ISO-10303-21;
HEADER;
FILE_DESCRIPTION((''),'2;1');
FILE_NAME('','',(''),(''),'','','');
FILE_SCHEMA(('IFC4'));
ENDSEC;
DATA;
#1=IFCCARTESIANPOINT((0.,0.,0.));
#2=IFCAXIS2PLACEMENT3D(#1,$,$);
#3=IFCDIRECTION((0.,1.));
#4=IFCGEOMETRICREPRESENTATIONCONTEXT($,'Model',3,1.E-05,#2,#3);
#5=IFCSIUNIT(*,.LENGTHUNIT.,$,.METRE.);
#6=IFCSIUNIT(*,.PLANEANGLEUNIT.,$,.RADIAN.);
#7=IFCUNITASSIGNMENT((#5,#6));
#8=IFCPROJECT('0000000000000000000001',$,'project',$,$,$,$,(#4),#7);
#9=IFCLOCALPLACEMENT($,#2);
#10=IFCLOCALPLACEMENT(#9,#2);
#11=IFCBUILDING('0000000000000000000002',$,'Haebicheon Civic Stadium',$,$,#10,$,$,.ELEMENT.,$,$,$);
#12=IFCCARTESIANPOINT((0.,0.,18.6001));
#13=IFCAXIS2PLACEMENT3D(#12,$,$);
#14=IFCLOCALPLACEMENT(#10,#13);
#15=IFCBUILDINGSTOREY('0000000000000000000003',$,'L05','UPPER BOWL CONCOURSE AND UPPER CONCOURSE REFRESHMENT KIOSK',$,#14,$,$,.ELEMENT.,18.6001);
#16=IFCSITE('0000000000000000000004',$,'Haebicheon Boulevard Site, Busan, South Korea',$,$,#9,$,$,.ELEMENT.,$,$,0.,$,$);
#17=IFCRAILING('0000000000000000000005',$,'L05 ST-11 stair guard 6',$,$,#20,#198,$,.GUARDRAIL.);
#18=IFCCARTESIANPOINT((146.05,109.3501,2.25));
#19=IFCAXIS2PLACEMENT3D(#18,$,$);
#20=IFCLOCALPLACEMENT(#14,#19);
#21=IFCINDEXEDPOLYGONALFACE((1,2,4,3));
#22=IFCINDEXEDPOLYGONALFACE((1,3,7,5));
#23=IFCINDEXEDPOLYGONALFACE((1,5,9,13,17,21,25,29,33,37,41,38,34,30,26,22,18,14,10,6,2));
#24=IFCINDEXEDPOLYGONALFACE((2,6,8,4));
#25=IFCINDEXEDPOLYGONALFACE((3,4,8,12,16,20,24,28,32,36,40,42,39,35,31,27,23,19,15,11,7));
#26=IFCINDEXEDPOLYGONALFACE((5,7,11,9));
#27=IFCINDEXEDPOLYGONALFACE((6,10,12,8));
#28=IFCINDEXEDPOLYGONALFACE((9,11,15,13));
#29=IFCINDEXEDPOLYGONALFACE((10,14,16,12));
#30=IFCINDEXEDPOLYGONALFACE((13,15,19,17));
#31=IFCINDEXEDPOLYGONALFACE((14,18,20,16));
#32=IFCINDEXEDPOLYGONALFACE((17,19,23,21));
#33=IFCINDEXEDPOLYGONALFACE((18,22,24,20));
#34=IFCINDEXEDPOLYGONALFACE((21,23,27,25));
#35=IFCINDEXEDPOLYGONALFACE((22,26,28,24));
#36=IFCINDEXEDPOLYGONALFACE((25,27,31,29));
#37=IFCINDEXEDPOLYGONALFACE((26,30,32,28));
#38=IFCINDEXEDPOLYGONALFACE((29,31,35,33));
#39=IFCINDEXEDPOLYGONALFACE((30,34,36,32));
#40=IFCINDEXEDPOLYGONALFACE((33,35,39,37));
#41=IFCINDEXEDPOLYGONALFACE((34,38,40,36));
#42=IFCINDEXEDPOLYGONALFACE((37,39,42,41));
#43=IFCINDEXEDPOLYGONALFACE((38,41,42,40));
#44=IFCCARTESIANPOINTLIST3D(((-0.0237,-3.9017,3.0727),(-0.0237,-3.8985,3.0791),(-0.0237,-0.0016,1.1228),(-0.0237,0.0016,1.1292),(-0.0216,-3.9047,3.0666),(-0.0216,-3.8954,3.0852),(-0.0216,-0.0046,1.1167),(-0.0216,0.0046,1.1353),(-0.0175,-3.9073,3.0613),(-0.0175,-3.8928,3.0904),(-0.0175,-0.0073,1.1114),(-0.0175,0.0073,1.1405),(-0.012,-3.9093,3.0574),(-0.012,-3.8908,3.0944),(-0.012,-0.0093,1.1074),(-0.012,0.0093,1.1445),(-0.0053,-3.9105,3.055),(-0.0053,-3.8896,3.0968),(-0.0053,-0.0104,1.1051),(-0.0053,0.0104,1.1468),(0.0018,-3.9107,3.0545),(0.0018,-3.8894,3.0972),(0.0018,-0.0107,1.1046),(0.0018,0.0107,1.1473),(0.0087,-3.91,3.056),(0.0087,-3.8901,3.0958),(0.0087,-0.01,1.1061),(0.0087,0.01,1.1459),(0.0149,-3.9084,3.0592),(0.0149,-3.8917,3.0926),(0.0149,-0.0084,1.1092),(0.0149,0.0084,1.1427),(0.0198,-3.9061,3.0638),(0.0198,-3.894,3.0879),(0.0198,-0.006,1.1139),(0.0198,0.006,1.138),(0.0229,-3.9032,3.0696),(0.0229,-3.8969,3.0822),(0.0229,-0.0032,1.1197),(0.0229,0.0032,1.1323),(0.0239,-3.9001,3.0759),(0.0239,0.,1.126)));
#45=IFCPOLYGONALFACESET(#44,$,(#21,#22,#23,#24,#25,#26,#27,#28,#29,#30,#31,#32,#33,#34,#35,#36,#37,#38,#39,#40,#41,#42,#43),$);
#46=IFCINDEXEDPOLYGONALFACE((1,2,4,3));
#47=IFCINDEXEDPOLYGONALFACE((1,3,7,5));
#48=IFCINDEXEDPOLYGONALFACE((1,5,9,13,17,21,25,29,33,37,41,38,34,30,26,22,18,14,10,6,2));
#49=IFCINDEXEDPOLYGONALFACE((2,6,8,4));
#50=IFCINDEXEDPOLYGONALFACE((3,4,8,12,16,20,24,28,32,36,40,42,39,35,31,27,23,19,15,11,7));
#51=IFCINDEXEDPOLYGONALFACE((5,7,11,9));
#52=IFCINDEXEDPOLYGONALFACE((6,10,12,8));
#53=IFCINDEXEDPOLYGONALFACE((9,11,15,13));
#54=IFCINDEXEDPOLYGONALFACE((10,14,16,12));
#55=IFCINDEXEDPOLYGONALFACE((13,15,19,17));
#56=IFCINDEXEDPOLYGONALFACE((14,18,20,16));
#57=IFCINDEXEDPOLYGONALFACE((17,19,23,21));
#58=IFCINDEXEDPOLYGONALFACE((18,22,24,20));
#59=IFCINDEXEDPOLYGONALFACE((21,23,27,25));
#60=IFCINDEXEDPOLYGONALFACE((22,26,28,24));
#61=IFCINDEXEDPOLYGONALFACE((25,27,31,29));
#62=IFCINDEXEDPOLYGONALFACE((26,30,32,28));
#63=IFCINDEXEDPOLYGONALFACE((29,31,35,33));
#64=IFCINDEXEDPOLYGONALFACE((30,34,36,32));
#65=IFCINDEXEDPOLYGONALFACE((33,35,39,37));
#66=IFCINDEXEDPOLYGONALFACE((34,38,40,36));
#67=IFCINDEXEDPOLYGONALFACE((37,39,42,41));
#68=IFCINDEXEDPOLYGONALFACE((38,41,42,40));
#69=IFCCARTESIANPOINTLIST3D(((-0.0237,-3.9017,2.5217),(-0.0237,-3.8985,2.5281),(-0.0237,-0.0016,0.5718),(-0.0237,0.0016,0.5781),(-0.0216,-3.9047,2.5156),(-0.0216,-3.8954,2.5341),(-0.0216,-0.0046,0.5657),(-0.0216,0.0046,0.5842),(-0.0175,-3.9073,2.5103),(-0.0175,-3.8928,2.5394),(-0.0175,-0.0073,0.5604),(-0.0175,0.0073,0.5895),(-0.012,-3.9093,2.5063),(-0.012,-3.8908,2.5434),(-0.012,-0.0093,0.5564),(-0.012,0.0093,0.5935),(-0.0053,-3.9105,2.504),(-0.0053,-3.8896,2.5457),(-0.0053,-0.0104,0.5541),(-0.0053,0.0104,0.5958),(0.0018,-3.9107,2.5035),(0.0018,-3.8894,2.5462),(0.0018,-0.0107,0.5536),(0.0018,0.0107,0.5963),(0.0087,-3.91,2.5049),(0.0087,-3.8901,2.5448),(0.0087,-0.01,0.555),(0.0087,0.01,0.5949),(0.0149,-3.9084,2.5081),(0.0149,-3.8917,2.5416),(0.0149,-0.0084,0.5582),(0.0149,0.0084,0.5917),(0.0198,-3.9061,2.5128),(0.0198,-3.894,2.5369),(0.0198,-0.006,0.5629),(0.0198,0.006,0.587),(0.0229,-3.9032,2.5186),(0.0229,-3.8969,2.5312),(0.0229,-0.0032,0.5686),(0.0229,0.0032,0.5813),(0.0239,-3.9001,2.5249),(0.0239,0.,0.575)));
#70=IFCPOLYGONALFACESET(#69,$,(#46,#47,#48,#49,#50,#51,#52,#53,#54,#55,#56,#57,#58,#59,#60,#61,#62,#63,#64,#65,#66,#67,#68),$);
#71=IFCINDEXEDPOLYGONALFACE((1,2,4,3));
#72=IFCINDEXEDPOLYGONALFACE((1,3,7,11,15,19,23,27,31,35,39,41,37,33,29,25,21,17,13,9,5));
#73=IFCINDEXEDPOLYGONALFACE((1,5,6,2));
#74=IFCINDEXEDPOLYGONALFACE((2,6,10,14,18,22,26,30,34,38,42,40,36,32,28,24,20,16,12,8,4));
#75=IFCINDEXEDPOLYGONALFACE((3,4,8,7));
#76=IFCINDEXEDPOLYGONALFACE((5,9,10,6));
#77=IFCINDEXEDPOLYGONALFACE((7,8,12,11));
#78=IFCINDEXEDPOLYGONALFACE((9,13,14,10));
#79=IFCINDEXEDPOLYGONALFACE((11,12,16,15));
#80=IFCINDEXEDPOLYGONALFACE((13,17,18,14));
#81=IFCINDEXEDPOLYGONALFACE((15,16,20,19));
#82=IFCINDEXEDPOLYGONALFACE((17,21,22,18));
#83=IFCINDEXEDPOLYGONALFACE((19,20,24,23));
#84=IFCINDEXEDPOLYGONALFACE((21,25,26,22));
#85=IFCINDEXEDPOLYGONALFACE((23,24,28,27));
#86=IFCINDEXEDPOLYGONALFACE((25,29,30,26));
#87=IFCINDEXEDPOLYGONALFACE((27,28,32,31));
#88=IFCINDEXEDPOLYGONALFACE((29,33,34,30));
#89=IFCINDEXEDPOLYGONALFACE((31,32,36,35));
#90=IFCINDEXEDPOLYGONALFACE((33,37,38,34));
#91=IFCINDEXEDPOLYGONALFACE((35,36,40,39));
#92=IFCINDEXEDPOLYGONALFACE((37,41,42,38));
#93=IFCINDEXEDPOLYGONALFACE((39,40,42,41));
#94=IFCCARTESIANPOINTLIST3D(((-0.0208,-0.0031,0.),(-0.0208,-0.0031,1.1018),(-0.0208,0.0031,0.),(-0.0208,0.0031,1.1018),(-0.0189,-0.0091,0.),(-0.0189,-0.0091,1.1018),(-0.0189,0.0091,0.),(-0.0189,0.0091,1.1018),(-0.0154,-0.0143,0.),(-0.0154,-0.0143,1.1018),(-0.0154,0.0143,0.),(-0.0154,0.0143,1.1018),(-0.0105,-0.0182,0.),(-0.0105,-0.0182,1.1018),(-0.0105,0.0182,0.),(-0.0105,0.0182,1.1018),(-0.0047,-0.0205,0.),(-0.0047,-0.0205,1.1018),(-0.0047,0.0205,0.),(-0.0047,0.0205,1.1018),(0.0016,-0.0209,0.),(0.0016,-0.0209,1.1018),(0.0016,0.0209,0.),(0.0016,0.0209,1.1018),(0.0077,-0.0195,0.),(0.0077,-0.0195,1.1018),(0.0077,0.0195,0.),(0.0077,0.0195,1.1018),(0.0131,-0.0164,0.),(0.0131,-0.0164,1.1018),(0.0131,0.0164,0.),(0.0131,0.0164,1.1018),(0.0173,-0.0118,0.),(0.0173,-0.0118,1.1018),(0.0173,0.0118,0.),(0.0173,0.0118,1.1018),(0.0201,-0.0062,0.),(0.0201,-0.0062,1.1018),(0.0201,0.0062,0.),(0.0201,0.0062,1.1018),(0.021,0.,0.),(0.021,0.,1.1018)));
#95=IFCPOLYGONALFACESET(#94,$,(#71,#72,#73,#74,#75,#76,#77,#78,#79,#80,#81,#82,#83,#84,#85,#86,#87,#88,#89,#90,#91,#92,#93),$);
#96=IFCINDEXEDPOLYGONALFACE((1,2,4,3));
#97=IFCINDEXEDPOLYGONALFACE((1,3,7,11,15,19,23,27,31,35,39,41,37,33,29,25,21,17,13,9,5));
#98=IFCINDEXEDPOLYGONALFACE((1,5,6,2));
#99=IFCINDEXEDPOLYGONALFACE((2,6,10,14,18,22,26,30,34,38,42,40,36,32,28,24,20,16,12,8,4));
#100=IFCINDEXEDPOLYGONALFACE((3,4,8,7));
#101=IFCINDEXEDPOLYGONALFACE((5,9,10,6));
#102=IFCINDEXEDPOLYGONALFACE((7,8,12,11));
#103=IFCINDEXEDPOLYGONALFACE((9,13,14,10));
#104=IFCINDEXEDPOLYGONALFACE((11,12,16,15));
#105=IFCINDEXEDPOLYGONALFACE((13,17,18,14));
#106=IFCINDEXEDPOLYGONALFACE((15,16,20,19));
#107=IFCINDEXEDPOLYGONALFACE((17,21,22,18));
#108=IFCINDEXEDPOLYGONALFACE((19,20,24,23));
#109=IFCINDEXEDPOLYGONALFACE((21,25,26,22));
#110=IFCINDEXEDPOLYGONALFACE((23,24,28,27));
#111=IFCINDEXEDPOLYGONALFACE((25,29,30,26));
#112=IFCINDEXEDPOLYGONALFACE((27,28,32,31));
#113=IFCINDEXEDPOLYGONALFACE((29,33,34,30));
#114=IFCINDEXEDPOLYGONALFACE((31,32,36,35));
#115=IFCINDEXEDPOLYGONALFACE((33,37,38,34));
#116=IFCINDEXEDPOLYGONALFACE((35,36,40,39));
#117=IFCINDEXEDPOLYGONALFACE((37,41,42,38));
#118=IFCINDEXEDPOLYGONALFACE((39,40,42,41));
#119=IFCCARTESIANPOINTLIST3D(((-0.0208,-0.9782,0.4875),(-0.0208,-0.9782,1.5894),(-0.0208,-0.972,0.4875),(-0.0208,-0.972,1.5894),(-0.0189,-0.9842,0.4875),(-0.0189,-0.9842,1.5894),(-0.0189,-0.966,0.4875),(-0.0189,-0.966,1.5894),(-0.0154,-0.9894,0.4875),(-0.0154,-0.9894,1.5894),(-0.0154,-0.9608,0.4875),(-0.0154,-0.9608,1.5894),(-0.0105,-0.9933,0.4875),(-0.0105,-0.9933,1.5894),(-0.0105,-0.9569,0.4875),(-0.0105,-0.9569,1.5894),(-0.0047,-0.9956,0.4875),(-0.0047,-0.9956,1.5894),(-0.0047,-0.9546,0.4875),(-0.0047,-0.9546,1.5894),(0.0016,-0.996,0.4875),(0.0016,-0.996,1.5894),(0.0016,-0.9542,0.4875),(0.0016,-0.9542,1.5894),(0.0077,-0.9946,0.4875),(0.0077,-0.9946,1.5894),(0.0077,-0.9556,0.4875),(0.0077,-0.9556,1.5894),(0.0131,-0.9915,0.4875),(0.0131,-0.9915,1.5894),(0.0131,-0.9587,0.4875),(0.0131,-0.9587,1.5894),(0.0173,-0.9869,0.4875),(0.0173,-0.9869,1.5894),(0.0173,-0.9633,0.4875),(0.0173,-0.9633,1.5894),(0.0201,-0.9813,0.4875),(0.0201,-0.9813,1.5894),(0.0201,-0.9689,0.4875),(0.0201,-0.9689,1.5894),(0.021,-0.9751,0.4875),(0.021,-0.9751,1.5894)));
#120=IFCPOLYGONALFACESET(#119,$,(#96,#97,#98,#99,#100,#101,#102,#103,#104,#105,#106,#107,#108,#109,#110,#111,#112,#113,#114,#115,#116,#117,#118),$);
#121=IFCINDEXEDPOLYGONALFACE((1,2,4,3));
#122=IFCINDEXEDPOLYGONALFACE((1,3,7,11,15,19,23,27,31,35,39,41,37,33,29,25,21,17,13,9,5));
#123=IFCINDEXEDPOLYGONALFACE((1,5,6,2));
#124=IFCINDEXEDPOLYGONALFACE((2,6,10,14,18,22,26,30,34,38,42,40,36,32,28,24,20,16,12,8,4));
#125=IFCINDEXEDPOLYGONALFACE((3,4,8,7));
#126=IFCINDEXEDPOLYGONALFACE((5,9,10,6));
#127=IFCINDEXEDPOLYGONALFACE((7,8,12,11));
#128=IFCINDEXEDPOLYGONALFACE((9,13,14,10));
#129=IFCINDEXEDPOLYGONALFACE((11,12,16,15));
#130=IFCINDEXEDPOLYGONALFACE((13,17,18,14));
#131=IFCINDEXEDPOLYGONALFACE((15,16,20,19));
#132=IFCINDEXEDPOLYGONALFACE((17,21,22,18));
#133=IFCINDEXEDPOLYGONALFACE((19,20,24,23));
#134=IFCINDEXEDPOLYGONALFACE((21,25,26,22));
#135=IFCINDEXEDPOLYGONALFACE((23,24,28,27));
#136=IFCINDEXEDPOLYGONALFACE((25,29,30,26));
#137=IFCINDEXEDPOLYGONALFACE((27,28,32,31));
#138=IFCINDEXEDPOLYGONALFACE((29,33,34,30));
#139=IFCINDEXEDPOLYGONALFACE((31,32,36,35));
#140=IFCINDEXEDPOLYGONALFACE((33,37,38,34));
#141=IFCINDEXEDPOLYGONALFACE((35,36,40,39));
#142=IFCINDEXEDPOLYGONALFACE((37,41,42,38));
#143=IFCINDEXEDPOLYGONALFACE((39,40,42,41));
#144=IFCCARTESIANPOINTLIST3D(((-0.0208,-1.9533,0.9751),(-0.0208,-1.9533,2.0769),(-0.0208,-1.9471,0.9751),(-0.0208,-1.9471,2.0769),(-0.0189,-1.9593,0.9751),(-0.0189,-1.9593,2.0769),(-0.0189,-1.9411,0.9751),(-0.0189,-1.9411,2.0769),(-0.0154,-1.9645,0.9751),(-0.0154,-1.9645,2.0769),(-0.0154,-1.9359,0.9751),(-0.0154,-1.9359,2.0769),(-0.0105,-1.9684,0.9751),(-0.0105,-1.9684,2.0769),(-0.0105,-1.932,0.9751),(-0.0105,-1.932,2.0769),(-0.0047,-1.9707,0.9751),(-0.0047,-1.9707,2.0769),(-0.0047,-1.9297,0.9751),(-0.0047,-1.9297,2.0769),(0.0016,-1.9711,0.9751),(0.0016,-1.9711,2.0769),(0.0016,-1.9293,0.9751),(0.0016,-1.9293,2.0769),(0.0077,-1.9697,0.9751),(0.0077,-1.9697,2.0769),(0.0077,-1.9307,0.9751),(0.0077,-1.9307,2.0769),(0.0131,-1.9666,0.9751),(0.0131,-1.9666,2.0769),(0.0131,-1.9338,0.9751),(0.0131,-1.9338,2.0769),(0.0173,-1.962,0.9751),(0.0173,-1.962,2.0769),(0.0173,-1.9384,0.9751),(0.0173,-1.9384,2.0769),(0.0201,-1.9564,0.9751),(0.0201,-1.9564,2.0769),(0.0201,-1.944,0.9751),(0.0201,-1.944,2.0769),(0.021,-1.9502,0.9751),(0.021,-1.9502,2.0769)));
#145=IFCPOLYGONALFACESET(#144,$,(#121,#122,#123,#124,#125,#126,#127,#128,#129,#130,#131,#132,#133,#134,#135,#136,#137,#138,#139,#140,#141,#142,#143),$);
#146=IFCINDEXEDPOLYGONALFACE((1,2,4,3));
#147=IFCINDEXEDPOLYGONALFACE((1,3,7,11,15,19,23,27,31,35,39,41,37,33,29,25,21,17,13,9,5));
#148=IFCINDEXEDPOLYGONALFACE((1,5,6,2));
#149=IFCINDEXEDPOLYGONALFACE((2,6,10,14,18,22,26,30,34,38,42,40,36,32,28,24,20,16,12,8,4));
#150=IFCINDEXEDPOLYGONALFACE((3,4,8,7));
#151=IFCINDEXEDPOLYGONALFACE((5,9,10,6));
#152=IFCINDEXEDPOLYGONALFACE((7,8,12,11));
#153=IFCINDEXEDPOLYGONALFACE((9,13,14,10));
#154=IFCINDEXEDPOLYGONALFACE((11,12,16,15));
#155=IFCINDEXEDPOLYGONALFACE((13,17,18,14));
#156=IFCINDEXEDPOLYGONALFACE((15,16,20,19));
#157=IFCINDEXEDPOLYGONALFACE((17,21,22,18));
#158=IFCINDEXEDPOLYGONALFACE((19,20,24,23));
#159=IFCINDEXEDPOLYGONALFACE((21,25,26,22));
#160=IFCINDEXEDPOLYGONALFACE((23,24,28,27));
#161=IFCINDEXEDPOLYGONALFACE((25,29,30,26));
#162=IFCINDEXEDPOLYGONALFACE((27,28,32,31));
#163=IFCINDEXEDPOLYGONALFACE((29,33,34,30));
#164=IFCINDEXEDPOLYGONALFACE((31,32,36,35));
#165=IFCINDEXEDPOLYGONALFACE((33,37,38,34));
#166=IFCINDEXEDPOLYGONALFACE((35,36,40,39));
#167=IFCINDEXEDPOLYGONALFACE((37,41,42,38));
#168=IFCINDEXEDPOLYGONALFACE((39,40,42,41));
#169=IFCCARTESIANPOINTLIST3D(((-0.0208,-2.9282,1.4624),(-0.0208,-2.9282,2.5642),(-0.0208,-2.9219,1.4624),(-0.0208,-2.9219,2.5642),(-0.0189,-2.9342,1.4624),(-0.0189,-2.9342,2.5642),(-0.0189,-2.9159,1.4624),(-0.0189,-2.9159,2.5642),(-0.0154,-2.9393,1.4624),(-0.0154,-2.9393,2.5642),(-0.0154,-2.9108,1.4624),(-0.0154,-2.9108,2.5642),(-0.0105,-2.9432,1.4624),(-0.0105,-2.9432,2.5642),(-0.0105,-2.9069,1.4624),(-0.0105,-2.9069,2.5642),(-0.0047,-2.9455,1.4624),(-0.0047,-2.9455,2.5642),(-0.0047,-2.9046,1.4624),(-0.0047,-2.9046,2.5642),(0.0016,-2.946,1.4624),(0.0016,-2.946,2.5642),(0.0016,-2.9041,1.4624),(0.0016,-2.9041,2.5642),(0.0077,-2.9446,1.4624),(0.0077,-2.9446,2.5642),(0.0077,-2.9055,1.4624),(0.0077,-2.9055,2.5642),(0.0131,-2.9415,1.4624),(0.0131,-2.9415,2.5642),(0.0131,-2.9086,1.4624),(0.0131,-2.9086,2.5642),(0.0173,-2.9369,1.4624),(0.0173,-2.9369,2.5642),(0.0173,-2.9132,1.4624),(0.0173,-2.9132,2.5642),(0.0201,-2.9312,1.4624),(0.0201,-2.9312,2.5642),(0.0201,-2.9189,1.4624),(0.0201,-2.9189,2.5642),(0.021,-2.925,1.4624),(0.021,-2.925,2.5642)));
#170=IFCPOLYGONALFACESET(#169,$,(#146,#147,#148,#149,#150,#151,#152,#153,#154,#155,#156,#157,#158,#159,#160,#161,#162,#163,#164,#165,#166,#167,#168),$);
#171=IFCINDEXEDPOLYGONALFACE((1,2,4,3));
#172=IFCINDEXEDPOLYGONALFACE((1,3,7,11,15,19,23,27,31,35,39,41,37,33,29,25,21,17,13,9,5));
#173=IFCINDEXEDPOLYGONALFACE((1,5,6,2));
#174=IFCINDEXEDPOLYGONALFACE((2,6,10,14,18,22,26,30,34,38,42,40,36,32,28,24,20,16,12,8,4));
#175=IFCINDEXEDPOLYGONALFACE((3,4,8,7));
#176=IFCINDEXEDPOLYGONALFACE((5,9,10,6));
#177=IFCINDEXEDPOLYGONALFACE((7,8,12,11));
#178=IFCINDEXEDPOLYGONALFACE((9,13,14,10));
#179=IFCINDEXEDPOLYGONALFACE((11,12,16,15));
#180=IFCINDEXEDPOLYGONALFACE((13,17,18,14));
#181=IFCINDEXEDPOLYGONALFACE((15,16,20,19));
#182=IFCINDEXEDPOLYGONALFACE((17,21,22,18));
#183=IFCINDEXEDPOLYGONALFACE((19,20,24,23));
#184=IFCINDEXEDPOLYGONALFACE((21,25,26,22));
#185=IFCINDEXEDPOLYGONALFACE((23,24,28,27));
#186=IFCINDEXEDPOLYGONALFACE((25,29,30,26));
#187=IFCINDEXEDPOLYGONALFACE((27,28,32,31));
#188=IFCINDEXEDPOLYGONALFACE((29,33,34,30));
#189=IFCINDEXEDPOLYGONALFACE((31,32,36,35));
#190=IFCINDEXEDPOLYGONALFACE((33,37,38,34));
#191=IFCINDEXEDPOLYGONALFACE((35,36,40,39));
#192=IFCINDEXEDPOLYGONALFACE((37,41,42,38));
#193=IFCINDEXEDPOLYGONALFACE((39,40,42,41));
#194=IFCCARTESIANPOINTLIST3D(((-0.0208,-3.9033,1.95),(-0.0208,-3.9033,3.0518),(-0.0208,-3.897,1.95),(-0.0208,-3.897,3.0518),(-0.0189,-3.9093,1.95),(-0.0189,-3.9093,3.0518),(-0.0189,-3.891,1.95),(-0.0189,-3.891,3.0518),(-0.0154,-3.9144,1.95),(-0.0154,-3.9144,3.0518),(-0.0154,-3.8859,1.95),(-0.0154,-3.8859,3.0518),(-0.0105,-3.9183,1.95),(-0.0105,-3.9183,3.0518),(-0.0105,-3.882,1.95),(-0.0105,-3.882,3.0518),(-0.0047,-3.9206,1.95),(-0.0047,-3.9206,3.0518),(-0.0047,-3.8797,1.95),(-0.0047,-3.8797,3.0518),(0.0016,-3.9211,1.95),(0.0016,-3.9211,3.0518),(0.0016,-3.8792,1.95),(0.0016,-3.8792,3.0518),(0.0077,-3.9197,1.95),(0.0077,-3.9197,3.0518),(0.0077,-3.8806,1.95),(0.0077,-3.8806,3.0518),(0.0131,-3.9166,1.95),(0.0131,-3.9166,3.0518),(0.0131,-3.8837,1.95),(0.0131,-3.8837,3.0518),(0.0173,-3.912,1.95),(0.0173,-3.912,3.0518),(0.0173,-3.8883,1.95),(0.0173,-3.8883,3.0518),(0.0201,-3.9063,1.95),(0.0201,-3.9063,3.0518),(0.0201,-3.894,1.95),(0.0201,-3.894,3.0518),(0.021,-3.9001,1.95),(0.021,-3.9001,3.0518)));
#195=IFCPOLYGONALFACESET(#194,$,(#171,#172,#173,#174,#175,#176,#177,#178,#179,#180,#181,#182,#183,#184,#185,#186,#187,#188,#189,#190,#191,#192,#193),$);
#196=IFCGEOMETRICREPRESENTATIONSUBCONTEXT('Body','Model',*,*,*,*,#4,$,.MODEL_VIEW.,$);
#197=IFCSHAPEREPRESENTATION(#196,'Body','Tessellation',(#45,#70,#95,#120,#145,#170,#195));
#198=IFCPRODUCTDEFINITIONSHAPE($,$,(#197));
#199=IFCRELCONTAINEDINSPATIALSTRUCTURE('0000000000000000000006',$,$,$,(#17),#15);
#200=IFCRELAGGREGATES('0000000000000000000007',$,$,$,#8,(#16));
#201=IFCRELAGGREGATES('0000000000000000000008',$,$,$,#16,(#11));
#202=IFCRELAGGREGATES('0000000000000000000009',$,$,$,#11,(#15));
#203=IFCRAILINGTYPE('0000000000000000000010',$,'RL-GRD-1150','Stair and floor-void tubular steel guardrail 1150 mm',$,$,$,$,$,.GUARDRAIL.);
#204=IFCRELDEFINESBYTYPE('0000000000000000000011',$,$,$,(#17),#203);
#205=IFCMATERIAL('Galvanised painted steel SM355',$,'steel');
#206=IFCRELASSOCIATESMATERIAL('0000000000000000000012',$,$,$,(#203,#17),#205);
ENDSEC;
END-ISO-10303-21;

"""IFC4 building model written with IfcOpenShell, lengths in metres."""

from ifc_helpers import new_model, si_unit, direction, frame, origin, origin_2d, place, context, subcontext, project, spatial, circle, extrude, material, type_object, element, save


model = new_model("IFC4")

# Units and contexts
model_context = context("Model", 3, precision=1e-05, world=origin(), true_north=direction((0.0, 1.0)))
body_context = subcontext(model_context, "Body", "Model", "MODEL_VIEW")
ifc_project = project(units=[si_unit("LENGTHUNIT", "METRE"), si_unit("PLANEANGLEUNIT", "RADIAN")], contexts=[model_context])

# Site, building, storey
site_placement = place(None, origin())
site = spatial("IfcSite", under=ifc_project, at=site_placement, Name="Haebicheon Boulevard Site, Busan, South Korea", CompositionType="ELEMENT", RefElevation=0.0)
building_placement = place(site_placement, origin())
building = spatial("IfcBuilding", under=site, at=building_placement, Name="Haebicheon Civic Stadium", CompositionType="ELEMENT")
storey_placement = place(building_placement, frame((0.0, 0.0, 18.6001)))
storey = spatial("IfcBuildingStorey", under=building, at=storey_placement, Name="L05", Description="UPPER BOWL CONCOURSE AND UPPER CONCOURSE REFRESHMENT KIOSK", CompositionType="ELEMENT", Elevation=18.6001)

# Railing
ifc_material_1 = material(Name="Galvanised painted steel SM355", Category="steel")
railing_type_1 = type_object("IfcRailingType", Name="RL-GRD-1150", Description="Stair and floor-void tubular steel guardrail 1150 mm", PredefinedType="GUARDRAIL", material=ifc_material_1)
railing_1_placement = place(storey_placement, frame((146.05, 109.3501, 2.25)))
element("IfcRailing", 1, at=railing_1_placement, inside=storey, type_object=railing_type_1, material=ifc_material_1, Name="L05 ST-11 stair guard 6", PredefinedType="GUARDRAIL", context=body_context, shape_type="SweptSolid", body=[
    extrude(circle(Radius=0.0239, at=origin_2d()), frame((0.0, 0.0, 1.126), z_axis=(0.0, -0.894438, 0.447191), x_axis=(1.0, 0.0, 0.0)), (0.0, 0.0, 1.0), 4.3604),
    extrude(circle(Radius=0.0239, at=origin_2d()), frame((0.0, 0.0, 0.575), z_axis=(0.0, -0.894438, 0.447191), x_axis=(1.0, 0.0, 0.0)), (0.0, 0.0, 1.0), 4.3604),
    extrude(circle(Radius=0.021, at=origin_2d()), origin(), (0.0, 0.0, 1.0), 1.1018),
    extrude(circle(Radius=0.021, at=origin_2d()), frame((0.0, -0.9751, 0.4875)), (0.0, 0.0, 1.0), 1.1018),
    extrude(circle(Radius=0.021, at=origin_2d()), frame((0.0, -1.9502, 0.9751)), (0.0, 0.0, 1.0), 1.1018),
    extrude(circle(Radius=0.021, at=origin_2d()), frame((0.0, -2.925, 1.4624)), (0.0, 0.0, 1.0), 1.1018),
    extrude(circle(Radius=0.021, at=origin_2d()), frame((0.0, -3.9001, 1.95)), (0.0, 0.0, 1.0), 1.1018),
])

save(model, "model.ifc")
